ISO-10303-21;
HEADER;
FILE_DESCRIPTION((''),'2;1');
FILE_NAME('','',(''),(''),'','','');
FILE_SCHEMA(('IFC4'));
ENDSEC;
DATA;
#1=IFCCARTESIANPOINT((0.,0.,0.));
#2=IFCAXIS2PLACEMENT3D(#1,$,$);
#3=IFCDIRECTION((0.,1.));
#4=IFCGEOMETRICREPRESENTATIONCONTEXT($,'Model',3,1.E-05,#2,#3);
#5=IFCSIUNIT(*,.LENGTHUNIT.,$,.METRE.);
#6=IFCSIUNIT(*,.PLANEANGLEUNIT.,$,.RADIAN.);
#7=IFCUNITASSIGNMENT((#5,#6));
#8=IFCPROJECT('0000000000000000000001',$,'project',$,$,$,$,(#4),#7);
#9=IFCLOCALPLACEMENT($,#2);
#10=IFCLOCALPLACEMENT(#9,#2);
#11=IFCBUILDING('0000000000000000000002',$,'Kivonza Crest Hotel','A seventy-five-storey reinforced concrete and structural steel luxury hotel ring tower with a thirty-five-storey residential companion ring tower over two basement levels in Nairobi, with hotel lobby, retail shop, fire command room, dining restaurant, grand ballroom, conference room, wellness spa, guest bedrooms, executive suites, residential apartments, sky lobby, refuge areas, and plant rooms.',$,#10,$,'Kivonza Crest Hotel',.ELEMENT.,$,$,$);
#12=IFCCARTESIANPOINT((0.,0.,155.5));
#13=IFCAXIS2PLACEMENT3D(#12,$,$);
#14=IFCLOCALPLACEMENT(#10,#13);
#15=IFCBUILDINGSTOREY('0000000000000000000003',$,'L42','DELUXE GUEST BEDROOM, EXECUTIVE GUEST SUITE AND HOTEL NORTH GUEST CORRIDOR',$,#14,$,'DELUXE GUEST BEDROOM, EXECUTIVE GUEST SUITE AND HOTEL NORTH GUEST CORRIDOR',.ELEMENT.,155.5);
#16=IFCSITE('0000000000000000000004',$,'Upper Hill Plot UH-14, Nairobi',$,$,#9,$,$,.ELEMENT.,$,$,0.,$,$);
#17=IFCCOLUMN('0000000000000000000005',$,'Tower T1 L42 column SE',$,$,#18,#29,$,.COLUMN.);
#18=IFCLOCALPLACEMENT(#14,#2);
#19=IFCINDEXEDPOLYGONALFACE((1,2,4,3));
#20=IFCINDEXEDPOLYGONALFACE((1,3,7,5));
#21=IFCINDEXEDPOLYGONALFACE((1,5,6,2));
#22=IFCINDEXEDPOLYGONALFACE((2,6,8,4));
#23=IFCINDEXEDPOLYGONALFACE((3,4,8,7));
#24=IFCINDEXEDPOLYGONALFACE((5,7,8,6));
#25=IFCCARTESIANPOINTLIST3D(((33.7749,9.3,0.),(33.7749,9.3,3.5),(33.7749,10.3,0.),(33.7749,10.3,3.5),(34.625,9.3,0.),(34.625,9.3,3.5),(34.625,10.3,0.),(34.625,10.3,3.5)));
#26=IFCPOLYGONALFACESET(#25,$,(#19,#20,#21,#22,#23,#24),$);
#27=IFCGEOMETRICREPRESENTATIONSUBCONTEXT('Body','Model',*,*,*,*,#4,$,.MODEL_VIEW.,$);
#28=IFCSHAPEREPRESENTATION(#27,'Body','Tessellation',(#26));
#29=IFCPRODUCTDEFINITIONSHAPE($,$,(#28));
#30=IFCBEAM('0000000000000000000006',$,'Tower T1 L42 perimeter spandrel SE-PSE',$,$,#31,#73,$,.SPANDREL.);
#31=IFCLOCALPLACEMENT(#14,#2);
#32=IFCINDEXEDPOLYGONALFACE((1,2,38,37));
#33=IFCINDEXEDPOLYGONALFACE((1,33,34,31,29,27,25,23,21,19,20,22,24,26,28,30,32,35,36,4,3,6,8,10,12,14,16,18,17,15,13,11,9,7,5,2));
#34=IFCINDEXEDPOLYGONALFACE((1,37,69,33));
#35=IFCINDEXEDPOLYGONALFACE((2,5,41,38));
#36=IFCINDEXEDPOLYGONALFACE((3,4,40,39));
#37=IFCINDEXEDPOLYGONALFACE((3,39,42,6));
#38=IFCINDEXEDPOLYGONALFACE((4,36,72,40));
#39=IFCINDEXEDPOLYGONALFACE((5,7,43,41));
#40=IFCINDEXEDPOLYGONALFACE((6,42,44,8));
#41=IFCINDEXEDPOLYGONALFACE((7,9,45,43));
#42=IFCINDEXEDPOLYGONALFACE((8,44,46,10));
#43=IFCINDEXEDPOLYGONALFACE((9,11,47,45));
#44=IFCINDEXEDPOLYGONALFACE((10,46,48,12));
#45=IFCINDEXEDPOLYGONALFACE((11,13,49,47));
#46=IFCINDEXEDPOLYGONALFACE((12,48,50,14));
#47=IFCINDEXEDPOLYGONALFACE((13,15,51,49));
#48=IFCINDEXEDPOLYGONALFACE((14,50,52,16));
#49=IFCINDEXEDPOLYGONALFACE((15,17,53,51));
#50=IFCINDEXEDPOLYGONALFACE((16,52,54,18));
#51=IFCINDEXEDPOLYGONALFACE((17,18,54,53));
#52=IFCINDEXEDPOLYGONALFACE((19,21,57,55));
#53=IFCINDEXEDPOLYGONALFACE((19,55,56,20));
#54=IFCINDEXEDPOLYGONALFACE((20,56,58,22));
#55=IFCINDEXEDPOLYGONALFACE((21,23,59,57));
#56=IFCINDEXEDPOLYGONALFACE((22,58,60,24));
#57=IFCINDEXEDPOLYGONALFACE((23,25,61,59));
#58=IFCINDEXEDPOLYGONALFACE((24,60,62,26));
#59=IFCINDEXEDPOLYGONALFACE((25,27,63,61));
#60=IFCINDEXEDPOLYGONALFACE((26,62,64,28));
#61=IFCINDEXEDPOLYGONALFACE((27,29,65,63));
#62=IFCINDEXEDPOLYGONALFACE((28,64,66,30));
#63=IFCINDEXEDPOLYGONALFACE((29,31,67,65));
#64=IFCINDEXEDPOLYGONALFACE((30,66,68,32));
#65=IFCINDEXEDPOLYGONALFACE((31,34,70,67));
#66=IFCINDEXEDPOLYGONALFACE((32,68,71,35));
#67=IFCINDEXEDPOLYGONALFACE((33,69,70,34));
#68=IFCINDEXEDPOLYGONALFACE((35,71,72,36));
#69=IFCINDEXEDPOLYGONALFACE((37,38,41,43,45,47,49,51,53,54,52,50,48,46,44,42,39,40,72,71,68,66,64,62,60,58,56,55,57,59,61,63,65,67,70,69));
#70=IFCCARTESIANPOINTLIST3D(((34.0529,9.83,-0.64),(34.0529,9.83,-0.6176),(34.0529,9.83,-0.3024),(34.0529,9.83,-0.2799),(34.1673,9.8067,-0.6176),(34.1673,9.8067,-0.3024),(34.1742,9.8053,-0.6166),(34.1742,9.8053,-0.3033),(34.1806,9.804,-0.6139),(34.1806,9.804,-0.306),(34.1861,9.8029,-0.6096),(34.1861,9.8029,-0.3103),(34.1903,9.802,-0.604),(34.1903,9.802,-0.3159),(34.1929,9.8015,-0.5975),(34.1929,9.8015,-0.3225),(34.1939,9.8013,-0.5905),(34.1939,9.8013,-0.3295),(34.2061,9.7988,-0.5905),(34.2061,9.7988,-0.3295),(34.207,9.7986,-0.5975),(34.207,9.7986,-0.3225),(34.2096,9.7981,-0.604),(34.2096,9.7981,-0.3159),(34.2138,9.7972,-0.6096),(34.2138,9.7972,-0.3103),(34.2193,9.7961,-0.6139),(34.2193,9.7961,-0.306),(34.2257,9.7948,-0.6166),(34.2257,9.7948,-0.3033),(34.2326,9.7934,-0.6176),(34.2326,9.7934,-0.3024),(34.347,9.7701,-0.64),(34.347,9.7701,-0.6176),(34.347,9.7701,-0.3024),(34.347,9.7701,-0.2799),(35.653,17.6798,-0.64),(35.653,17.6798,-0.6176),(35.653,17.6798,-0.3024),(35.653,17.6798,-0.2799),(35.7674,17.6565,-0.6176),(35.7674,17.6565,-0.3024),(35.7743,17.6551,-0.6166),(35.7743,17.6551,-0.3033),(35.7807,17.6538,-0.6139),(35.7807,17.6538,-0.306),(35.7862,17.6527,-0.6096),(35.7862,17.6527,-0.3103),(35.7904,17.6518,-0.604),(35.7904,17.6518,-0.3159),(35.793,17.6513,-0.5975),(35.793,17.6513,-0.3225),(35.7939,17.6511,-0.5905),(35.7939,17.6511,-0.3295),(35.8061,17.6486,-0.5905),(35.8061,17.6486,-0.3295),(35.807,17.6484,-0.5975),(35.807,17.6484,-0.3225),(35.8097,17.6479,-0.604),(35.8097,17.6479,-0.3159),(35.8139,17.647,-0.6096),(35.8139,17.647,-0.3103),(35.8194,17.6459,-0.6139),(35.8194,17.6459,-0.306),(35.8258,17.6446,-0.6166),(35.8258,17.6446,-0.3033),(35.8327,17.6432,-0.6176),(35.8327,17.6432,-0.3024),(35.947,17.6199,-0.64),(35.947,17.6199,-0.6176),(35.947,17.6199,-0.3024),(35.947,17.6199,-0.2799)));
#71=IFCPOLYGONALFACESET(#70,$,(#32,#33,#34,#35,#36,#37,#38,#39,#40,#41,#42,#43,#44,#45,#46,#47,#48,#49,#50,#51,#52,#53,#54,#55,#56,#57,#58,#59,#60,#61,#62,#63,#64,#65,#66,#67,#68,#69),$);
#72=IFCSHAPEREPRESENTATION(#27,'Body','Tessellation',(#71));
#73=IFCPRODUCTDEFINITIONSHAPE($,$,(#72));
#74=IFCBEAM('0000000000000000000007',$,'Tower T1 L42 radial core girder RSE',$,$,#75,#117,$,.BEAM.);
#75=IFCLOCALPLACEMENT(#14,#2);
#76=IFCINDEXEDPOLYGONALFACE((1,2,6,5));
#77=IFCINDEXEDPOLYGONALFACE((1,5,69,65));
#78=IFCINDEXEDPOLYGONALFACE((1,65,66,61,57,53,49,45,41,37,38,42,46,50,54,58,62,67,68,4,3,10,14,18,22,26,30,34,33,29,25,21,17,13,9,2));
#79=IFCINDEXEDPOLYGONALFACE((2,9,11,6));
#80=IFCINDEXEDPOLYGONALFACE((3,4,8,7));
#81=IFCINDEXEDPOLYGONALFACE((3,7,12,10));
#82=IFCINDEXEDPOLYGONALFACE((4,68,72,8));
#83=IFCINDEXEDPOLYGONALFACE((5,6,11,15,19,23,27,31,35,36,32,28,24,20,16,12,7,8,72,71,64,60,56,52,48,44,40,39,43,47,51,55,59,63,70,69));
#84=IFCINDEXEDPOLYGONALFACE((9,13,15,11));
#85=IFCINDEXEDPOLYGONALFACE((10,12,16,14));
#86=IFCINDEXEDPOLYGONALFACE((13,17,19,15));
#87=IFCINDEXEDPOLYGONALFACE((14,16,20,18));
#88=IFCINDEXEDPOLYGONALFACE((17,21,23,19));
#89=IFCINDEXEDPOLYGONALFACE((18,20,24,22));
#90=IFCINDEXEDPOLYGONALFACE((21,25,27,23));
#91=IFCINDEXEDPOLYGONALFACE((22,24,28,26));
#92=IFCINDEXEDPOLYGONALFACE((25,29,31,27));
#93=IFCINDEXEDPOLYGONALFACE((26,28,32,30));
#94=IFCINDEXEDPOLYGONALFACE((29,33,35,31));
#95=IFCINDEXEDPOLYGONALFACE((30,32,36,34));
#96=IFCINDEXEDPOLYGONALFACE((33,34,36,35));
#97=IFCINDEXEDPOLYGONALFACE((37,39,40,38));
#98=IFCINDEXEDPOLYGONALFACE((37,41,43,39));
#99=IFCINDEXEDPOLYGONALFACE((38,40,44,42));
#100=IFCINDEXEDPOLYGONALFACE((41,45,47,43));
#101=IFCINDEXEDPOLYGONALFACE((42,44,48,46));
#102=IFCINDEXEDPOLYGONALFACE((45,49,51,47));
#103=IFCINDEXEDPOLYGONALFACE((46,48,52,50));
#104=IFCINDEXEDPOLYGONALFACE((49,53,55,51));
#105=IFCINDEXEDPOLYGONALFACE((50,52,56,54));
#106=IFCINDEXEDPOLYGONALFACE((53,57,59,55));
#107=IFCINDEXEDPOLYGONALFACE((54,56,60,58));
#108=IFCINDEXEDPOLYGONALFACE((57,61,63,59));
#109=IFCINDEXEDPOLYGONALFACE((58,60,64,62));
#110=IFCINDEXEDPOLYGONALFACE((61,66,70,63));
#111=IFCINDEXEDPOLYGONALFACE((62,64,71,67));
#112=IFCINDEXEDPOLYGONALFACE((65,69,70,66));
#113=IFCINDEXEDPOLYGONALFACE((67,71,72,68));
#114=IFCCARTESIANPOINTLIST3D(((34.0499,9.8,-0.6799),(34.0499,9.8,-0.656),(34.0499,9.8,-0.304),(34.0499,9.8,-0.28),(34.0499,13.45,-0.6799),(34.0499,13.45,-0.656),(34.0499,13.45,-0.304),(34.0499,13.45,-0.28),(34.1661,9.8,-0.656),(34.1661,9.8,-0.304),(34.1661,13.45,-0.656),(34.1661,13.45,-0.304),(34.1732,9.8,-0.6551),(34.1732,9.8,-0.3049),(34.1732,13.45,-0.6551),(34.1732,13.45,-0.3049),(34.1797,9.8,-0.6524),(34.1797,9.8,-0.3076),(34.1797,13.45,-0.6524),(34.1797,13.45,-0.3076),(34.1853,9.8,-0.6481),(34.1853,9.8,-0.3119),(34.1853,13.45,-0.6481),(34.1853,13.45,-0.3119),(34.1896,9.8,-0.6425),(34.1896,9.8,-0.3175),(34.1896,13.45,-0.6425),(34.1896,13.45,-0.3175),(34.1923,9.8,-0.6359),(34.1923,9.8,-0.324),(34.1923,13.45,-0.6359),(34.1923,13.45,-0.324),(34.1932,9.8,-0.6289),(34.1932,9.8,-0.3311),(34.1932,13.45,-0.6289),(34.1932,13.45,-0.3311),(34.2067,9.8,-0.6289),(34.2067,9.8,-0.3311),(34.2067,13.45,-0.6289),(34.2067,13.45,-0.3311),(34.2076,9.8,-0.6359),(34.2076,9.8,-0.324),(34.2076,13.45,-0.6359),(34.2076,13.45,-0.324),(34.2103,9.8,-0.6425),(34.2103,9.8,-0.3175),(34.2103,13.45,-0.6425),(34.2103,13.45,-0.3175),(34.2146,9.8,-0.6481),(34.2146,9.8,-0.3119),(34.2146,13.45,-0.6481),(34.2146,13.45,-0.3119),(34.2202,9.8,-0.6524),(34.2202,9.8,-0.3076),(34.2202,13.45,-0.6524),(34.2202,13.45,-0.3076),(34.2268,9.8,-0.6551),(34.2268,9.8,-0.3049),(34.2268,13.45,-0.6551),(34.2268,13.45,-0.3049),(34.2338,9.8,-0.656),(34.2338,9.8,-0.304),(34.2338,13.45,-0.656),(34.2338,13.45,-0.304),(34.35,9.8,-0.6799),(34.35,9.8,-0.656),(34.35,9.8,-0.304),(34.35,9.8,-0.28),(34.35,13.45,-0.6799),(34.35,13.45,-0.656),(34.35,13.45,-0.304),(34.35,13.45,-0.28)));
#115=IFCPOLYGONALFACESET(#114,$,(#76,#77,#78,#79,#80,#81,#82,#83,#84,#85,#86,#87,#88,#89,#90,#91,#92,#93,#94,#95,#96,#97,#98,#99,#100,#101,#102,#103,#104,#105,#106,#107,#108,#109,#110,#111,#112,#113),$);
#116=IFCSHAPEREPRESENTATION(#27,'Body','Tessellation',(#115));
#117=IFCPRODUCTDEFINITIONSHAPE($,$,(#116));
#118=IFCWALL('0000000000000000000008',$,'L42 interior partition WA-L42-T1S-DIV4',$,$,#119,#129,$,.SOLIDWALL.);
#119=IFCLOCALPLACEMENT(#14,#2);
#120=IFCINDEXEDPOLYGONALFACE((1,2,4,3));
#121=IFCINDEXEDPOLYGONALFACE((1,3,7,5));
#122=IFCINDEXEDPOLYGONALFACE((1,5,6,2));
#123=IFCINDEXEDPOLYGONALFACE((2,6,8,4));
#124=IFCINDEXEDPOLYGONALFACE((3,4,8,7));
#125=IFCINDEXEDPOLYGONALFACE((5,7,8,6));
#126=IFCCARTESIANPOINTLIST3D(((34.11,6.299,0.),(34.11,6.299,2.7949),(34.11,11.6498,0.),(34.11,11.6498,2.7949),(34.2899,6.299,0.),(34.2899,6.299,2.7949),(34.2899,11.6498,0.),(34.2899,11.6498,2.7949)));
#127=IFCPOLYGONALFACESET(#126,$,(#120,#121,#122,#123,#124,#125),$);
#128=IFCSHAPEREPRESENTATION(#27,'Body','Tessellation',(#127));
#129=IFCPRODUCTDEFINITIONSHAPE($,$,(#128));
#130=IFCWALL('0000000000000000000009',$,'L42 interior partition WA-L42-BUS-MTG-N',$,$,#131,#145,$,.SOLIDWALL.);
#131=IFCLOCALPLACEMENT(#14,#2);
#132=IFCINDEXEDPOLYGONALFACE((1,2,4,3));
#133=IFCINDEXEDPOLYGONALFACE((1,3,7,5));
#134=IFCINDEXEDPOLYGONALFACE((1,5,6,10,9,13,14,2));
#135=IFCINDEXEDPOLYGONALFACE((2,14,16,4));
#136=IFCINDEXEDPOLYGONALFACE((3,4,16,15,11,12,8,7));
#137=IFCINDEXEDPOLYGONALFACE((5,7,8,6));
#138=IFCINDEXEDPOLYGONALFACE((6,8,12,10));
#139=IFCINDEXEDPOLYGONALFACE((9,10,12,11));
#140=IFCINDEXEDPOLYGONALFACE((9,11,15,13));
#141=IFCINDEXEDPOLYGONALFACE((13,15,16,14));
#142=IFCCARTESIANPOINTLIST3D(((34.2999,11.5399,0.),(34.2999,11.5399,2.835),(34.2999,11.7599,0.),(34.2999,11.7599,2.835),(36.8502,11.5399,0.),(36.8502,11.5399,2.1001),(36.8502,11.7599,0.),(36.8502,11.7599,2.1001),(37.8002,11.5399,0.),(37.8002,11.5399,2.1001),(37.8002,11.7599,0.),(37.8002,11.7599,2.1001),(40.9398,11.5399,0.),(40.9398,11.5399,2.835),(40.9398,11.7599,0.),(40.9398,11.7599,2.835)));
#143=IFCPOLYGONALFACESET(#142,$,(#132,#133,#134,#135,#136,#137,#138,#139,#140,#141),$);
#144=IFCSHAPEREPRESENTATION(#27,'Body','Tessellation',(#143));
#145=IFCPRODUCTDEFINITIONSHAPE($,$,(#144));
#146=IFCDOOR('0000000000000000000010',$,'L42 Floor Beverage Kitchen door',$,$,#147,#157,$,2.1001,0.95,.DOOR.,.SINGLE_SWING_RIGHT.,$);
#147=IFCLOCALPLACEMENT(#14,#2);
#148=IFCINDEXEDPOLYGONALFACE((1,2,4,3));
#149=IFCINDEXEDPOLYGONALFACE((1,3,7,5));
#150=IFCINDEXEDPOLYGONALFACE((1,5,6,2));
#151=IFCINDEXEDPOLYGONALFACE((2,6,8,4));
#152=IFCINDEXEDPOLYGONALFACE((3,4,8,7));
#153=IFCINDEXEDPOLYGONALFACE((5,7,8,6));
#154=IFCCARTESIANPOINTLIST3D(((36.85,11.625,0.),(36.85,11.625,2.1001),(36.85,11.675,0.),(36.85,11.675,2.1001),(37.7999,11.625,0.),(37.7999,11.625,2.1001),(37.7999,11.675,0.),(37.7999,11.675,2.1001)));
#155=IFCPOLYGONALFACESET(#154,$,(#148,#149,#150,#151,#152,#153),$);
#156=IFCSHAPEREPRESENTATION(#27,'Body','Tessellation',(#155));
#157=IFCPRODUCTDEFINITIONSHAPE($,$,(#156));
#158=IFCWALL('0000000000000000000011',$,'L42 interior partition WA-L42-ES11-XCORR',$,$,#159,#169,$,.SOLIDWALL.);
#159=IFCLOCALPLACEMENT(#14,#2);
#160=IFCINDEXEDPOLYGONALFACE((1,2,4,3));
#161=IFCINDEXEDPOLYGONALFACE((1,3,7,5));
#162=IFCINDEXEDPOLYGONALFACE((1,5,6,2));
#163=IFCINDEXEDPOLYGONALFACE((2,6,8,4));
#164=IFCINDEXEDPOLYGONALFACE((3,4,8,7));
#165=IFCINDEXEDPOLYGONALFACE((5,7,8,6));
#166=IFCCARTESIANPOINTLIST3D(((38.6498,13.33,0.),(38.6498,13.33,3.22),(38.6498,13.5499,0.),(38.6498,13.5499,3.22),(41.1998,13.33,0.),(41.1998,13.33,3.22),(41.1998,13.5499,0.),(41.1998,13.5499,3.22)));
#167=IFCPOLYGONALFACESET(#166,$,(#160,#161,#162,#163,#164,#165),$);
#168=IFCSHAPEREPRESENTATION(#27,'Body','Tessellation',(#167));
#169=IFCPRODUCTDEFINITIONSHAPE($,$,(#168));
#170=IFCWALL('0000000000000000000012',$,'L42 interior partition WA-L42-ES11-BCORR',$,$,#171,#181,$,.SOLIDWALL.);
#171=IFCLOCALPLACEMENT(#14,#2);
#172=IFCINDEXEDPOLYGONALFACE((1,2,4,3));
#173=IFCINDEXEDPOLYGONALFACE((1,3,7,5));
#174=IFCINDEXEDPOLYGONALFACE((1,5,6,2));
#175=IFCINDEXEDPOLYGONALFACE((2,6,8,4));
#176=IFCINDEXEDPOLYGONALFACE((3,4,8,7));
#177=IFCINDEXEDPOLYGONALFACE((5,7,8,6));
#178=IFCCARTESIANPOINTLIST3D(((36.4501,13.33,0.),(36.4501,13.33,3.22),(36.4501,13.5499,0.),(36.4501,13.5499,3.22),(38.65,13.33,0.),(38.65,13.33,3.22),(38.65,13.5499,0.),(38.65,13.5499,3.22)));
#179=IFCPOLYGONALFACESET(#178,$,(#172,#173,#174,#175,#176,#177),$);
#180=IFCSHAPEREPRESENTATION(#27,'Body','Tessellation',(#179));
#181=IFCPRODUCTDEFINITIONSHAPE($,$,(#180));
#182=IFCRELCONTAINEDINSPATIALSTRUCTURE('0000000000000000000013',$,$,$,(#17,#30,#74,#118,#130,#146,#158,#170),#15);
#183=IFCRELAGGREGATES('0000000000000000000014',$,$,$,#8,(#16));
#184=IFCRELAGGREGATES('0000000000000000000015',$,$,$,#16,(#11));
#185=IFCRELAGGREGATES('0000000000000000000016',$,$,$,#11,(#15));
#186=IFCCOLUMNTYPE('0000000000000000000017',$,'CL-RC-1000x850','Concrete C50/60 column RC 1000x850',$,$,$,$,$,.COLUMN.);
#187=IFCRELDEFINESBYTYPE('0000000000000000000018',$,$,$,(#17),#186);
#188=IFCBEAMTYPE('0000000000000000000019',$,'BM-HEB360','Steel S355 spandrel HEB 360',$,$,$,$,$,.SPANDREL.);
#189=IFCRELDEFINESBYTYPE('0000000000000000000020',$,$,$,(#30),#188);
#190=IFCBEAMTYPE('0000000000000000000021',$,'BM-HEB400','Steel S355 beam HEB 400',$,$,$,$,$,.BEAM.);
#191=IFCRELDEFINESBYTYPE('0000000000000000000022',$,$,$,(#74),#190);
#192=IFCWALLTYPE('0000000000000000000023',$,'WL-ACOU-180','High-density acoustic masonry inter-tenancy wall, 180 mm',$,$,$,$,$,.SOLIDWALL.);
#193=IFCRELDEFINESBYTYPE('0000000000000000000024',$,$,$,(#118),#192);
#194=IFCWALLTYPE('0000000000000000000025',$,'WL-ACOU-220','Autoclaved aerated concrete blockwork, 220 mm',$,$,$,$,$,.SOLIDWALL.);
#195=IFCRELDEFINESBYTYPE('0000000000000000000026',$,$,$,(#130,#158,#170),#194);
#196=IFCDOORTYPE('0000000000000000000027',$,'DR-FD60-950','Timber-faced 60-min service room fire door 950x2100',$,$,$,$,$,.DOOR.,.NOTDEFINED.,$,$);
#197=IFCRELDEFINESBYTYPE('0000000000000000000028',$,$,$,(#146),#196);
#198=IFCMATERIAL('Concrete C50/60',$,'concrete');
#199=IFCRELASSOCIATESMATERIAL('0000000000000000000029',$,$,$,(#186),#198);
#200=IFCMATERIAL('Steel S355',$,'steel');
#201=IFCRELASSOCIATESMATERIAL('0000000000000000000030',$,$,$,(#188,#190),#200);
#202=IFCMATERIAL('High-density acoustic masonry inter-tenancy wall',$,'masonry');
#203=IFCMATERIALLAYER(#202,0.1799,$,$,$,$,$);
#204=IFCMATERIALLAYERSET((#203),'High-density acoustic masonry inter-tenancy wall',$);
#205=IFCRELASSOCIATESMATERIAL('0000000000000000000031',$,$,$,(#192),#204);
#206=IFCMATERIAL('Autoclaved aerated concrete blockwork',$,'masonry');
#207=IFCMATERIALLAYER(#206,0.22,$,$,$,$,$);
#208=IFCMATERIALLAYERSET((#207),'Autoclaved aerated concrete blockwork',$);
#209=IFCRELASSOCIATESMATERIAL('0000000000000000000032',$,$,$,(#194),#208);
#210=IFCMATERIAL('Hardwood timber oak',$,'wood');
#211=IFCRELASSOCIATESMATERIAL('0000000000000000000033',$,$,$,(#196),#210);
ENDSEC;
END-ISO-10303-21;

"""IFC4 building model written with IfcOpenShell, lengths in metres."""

from ifc_helpers import new_model, si_unit, direction, frame, frame_2d, origin, origin_2d, place, context, subcontext, project, spatial, rectangle, i_section, extrude, material, layer, layer_set, material_profile, profile_set, type_object, element, fill, save


model = new_model("IFC4")

# Units and contexts
model_context = context("Model", 3, precision=1e-05, world=origin(), true_north=direction((0.0, 1.0)))
body_context = subcontext(model_context, "Body", "Model", "MODEL_VIEW")
ifc_project = project(units=[si_unit("LENGTHUNIT", "METRE"), si_unit("PLANEANGLEUNIT", "RADIAN")], contexts=[model_context])

# Site, building, storey
site_placement = place(None, origin())
site = spatial("IfcSite", under=ifc_project, at=site_placement, Name="Upper Hill Plot UH-14, Nairobi", CompositionType="ELEMENT", RefElevation=0.0)
building_placement = place(site_placement, origin())
building = spatial("IfcBuilding", under=site, at=building_placement, Name="Kivonza Crest Hotel", Description="A seventy-five-storey reinforced concrete and structural steel luxury hotel ring tower with a thirty-five-storey residential companion ring tower over two basement levels in Nairobi, with hotel lobby, retail shop, fire command room, dining restaurant, grand ballroom, conference room, wellness spa, guest bedrooms, executive suites, residential apartments, sky lobby, refuge areas, and plant rooms.", LongName="Kivonza Crest Hotel", CompositionType="ELEMENT")
storey_placement = place(building_placement, frame((0.0, 0.0, 155.5)))
storey = spatial("IfcBuildingStorey", under=building, at=storey_placement, Name="L42", Description="DELUXE GUEST BEDROOM, EXECUTIVE GUEST SUITE AND HOTEL NORTH GUEST CORRIDOR", LongName="DELUXE GUEST BEDROOM, EXECUTIVE GUEST SUITE AND HOTEL NORTH GUEST CORRIDOR", CompositionType="ELEMENT", Elevation=155.5)

# Column
ifc_material_1 = material(Name="Concrete C50/60", Category="concrete")
ifc_material_profile_1 = material_profile(ifc_material_1, rectangle(XDim=0.8501, YDim=1.0, at=origin_2d()), Name="RC 1000x850")
ifc_profile_set_1 = profile_set([ifc_material_profile_1], Name="Concrete C50/60")
column_type = type_object("IfcColumnType", Name="CL-RC-1000x850", Description="Concrete C50/60 column RC 1000x850", PredefinedType="COLUMN", material=ifc_profile_set_1)
column_placement = place(storey_placement, frame((34.2, 9.8, 0.0), z_axis=(0.0, 0.0, 1.0), x_axis=(1.0, 0.0, 0.0)))
element("IfcColumn", 1, at=column_placement, inside=storey, type_object=column_type, Name="Tower T1 L42 column SE", PredefinedType="COLUMN", context=body_context, shape_type="SweptSolid", body=[
    extrude(rectangle(XDim=0.8501, YDim=1.0, at=origin_2d()), origin(), (0.0, 0.0, 1.0), 3.5),
])

# Beams
ifc_material_2 = material(Name="Steel S355", Category="steel")
ifc_material_profile_2 = material_profile(ifc_material_2, i_section(OverallWidth=0.3, OverallDepth=0.3601, WebThickness=0.0125, FlangeThickness=0.0225, FilletRadius=0.0271, at=origin_2d()), Name="HEB 360")
ifc_profile_set_2 = profile_set([ifc_material_profile_2], Name="Steel S355")
beam_type_1 = type_object("IfcBeamType", Name="BM-HEB360", Description="Steel S355 spandrel HEB 360", PredefinedType="SPANDREL", material=ifc_profile_set_2)
beam_1_placement = place(storey_placement, frame((34.2, 9.8, -0.46), z_axis=(0.199731, 0.979851, 0.0), x_axis=(-0.979851, 0.199731, 0.0)))
element("IfcBeam", 2, at=beam_1_placement, inside=storey, type_object=beam_type_1, Name="Tower T1 L42 perimeter spandrel SE-PSE", PredefinedType="SPANDREL", context=body_context, shape_type="SweptSolid", body=[
    extrude(i_section(OverallWidth=0.3, OverallDepth=0.3601, WebThickness=0.0125, FlangeThickness=0.0225, FilletRadius=0.0271, at=origin_2d()), origin(), (0.0, 0.0, 1.0), 8.0112),
])
ifc_material_profile_3 = material_profile(ifc_material_2, i_section(OverallWidth=0.3, OverallDepth=0.3999, WebThickness=0.0134, FlangeThickness=0.0239, FilletRadius=0.0271, at=origin_2d()), Name="HEB 400")
ifc_profile_set_3 = profile_set([ifc_material_profile_3], Name="Steel S355")
beam_type_2 = type_object("IfcBeamType", Name="BM-HEB400", Description="Steel S355 beam HEB 400", PredefinedType="BEAM", material=ifc_profile_set_3)
beam_2_placement = place(storey_placement, frame((34.2, 9.8, -0.48), z_axis=(0.0, 1.0, 0.0), x_axis=(-1.0, 0.0, 0.0)))
element("IfcBeam", 3, at=beam_2_placement, inside=storey, type_object=beam_type_2, Name="Tower T1 L42 radial core girder RSE", PredefinedType="BEAM", context=body_context, shape_type="SweptSolid", body=[
    extrude(i_section(OverallWidth=0.3, OverallDepth=0.3999, WebThickness=0.0134, FlangeThickness=0.0239, FilletRadius=0.0271, at=origin_2d()), origin(), (0.0, 0.0, 1.0), 3.6499),
])

# Wall
ifc_material_3 = material(Name="High-density acoustic masonry inter-tenancy wall", Category="masonry")
ifc_layer_1 = layer(ifc_material_3, 0.1799)
ifc_layer_set_1 = layer_set([ifc_layer_1], Name="High-density acoustic masonry inter-tenancy wall")
wall_type_1 = type_object("IfcWallType", Name="WL-ACOU-180", Description="High-density acoustic masonry inter-tenancy wall, 180 mm", PredefinedType="SOLIDWALL", material=ifc_layer_set_1)
wall_1_placement = place(storey_placement, frame((34.2, 6.2991, 0.0), z_axis=(0.0, 0.0, 1.0), x_axis=(0.0, 1.0, 0.0)))
element("IfcWall", 4, at=wall_1_placement, inside=storey, type_object=wall_type_1, Name="L42 interior partition WA-L42-T1S-DIV4", PredefinedType="SOLIDWALL", context=body_context, shape_type="SweptSolid", body=[
    extrude(rectangle(XDim=5.3508, YDim=0.1799, at=frame_2d((2.6753, 0.0))), origin(), (0.0, 0.0, 1.0), 2.7949),
])

# Wall, opening, door
ifc_material_4 = material(Name="Autoclaved aerated concrete blockwork", Category="masonry")
ifc_layer_2 = layer(ifc_material_4, 0.22)
ifc_layer_set_2 = layer_set([ifc_layer_2], Name="Autoclaved aerated concrete blockwork")
wall_type_2 = type_object("IfcWallType", Name="WL-ACOU-220", Description="Autoclaved aerated concrete blockwork, 220 mm", PredefinedType="SOLIDWALL", material=ifc_layer_set_2)
wall_2_placement = place(storey_placement, frame((34.3, 11.6499, 0.0), z_axis=(0.0, 0.0, 1.0), x_axis=(1.0, 0.0, 0.0)))
wall_2 = element("IfcWall", 5, at=wall_2_placement, inside=storey, type_object=wall_type_2, Name="L42 interior partition WA-L42-BUS-MTG-N", PredefinedType="SOLIDWALL", context=body_context, shape_type="SweptSolid", body=[
    extrude(rectangle(XDim=6.6399, YDim=0.22, at=frame_2d((3.3198, 0.0))), origin(), (0.0, 0.0, 1.0), 2.835),
])
opening_1_placement = place(wall_2_placement, frame((2.55, 0.0, 0.0)))
opening_1 = element("IfcOpeningElement", 6, at=opening_1_placement, cuts=wall_2, PredefinedType="OPENING", context=body_context, shape_type="SweptSolid", body=[
    extrude(rectangle(XDim=0.95, YDim=2.1001, at=frame_2d((0.4751, 1.05))), frame((0.0, 0.1201, 0.0), z_axis=(0.0, -1.0, 0.0), x_axis=(1.0, 0.0, 0.0)), (0.0, 0.0, 1.0), 0.24),
])
ifc_material_5 = material(Name="Hardwood timber oak", Category="wood")
door_type_1 = type_object("IfcDoorType", Name="DR-FD60-950", Description="Timber-faced 60-min service room fire door 950x2100", OperationType="NOTDEFINED", PredefinedType="DOOR", material=ifc_material_5)
door_1_placement = place(opening_1_placement, frame((0.95, 0.0, 0.0), z_axis=(0.0, 0.0, 1.0), x_axis=(-1.0, 0.0, 0.0)))
door_1 = element("IfcDoor", 7, at=door_1_placement, inside=storey, type_object=door_type_1, Name="L42 Floor Beverage Kitchen door", OperationType="SINGLE_SWING_RIGHT", OverallHeight=2.1001, OverallWidth=0.95, PredefinedType="DOOR", context=body_context, shape_type="SweptSolid", body=[
    extrude(rectangle(XDim=0.95, YDim=2.1001, at=frame_2d((0.4751, 1.05))), frame((0.0, 0.0249, 0.0), z_axis=(0.0, -1.0, 0.0), x_axis=(1.0, 0.0, 0.0)), (0.0, 0.0, 1.0), 0.05),
])
fill(opening_1, door_1)

# Walls
wall_3_placement = place(storey_placement, frame((38.6499, 13.4399, 0.0), z_axis=(0.0, 0.0, 1.0), x_axis=(1.0, 0.0, 0.0)))
element("IfcWall", 8, at=wall_3_placement, inside=storey, type_object=wall_type_2, Name="L42 interior partition WA-L42-ES11-XCORR", PredefinedType="SOLIDWALL", context=body_context, shape_type="SweptSolid", body=[
    extrude(rectangle(XDim=2.55, YDim=0.22, at=frame_2d((1.2749, 0.0))), origin(), (0.0, 0.0, 1.0), 3.22),
])
wall_4_placement = place(storey_placement, frame((36.45, 13.4399, 0.0), z_axis=(0.0, 0.0, 1.0), x_axis=(1.0, 0.0, 0.0)))
element("IfcWall", 9, at=wall_4_placement, inside=storey, type_object=wall_type_2, Name="L42 interior partition WA-L42-ES11-BCORR", PredefinedType="SOLIDWALL", context=body_context, shape_type="SweptSolid", body=[
    extrude(rectangle(XDim=2.2, YDim=0.22, at=frame_2d((1.1001, 0.0))), origin(), (0.0, 0.0, 1.0), 3.22),
])

save(model, "model.ifc")
